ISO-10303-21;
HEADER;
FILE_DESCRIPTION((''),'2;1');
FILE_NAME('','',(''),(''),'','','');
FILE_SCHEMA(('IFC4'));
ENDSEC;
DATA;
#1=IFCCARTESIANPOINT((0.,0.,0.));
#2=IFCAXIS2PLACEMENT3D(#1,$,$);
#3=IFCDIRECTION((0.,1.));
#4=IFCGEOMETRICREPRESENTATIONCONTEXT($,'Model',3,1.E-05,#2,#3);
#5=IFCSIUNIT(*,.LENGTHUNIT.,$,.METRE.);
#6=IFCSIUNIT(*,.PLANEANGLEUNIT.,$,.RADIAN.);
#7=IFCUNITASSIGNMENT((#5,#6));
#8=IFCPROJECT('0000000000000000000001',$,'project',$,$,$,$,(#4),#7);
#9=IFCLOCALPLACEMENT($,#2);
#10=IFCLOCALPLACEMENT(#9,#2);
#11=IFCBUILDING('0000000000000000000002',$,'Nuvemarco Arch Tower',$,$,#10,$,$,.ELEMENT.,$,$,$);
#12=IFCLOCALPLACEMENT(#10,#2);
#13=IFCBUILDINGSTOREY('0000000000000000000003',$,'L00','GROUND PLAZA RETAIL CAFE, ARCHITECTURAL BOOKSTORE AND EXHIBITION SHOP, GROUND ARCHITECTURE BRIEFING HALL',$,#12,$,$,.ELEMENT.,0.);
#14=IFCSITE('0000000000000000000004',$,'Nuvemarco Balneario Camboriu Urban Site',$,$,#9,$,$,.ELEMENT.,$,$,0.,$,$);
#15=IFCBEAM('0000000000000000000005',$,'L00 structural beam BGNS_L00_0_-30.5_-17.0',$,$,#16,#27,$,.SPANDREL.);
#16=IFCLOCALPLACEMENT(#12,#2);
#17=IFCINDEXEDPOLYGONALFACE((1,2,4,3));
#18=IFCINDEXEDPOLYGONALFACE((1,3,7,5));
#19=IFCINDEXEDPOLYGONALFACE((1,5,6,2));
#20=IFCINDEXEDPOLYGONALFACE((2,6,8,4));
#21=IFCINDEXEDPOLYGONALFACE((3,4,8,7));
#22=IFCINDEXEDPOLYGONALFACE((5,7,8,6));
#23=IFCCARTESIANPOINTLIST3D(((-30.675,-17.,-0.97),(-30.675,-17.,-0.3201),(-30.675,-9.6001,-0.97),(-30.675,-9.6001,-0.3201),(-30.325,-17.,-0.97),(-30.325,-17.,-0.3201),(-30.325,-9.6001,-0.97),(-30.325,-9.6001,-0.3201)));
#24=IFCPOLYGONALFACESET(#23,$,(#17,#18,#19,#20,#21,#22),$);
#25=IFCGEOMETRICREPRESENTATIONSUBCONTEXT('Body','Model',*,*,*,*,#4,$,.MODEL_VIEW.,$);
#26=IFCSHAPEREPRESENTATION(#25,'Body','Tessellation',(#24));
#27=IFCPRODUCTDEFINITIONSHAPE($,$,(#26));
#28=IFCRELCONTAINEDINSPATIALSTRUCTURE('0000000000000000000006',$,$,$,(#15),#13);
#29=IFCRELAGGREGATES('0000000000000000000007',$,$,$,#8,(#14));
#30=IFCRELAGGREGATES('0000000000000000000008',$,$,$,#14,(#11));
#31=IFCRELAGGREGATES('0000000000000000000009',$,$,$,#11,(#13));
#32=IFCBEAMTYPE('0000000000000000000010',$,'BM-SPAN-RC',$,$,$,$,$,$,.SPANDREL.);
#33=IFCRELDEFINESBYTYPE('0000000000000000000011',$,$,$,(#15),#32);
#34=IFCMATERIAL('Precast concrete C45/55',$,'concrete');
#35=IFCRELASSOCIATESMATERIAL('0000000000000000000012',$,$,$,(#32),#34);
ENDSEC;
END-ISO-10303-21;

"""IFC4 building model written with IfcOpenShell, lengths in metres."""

from ifc_helpers import new_model, si_unit, direction, frame, origin, origin_2d, place, context, subcontext, project, spatial, rectangle, extrude, material, material_profile, profile_set, type_object, element, save


model = new_model("IFC4")

# Units and contexts
model_context = context("Model", 3, precision=1e-05, world=origin(), true_north=direction((0.0, 1.0)))
body_context = subcontext(model_context, "Body", "Model", "MODEL_VIEW")
ifc_project = project(units=[si_unit("LENGTHUNIT", "METRE"), si_unit("PLANEANGLEUNIT", "RADIAN")], contexts=[model_context])

# Site, building, storey
site_placement = place(None, origin())
site = spatial("IfcSite", under=ifc_project, at=site_placement, Name="Nuvemarco Balneario Camboriu Urban Site", CompositionType="ELEMENT", RefElevation=0.0)
building_placement = place(site_placement, origin())
building = spatial("IfcBuilding", under=site, at=building_placement, Name="Nuvemarco Arch Tower", CompositionType="ELEMENT")
storey_placement = place(building_placement, origin())
storey = spatial("IfcBuildingStorey", under=building, at=storey_placement, Name="L00", Description="GROUND PLAZA RETAIL CAFE, ARCHITECTURAL BOOKSTORE AND EXHIBITION SHOP, GROUND ARCHITECTURE BRIEFING HALL", CompositionType="ELEMENT", Elevation=0.0)

# Beam
ifc_material_1 = material(Name="Precast concrete C45/55", Category="concrete")
ifc_material_profile_1 = material_profile(ifc_material_1, rectangle(XDim=0.3501, YDim=0.6499, at=origin_2d()), Name="PC-SP-350x650")
ifc_profile_set_1 = profile_set([ifc_material_profile_1], Name="Precast concrete C45/55")
beam_type_1 = type_object("IfcBeamType", Name="BM-SPAN-RC", PredefinedType="SPANDREL", material=ifc_profile_set_1)
beam_1_placement = place(storey_placement, frame((-30.5, -17.0, -0.645), z_axis=(0.0, 1.0, 0.0), x_axis=(-1.0, 0.0, 0.0)))
element("IfcBeam", 1, at=beam_1_placement, inside=storey, type_object=beam_type_1, Name="L00 structural beam BGNS_L00_0_-30.5_-17.0", PredefinedType="SPANDREL", context=body_context, shape_type="SweptSolid", body=[
    extrude(rectangle(XDim=0.3501, YDim=0.6499, at=origin_2d()), origin(), (0.0, 0.0, 1.0), 7.3999),
])

save(model, "model.ifc")
